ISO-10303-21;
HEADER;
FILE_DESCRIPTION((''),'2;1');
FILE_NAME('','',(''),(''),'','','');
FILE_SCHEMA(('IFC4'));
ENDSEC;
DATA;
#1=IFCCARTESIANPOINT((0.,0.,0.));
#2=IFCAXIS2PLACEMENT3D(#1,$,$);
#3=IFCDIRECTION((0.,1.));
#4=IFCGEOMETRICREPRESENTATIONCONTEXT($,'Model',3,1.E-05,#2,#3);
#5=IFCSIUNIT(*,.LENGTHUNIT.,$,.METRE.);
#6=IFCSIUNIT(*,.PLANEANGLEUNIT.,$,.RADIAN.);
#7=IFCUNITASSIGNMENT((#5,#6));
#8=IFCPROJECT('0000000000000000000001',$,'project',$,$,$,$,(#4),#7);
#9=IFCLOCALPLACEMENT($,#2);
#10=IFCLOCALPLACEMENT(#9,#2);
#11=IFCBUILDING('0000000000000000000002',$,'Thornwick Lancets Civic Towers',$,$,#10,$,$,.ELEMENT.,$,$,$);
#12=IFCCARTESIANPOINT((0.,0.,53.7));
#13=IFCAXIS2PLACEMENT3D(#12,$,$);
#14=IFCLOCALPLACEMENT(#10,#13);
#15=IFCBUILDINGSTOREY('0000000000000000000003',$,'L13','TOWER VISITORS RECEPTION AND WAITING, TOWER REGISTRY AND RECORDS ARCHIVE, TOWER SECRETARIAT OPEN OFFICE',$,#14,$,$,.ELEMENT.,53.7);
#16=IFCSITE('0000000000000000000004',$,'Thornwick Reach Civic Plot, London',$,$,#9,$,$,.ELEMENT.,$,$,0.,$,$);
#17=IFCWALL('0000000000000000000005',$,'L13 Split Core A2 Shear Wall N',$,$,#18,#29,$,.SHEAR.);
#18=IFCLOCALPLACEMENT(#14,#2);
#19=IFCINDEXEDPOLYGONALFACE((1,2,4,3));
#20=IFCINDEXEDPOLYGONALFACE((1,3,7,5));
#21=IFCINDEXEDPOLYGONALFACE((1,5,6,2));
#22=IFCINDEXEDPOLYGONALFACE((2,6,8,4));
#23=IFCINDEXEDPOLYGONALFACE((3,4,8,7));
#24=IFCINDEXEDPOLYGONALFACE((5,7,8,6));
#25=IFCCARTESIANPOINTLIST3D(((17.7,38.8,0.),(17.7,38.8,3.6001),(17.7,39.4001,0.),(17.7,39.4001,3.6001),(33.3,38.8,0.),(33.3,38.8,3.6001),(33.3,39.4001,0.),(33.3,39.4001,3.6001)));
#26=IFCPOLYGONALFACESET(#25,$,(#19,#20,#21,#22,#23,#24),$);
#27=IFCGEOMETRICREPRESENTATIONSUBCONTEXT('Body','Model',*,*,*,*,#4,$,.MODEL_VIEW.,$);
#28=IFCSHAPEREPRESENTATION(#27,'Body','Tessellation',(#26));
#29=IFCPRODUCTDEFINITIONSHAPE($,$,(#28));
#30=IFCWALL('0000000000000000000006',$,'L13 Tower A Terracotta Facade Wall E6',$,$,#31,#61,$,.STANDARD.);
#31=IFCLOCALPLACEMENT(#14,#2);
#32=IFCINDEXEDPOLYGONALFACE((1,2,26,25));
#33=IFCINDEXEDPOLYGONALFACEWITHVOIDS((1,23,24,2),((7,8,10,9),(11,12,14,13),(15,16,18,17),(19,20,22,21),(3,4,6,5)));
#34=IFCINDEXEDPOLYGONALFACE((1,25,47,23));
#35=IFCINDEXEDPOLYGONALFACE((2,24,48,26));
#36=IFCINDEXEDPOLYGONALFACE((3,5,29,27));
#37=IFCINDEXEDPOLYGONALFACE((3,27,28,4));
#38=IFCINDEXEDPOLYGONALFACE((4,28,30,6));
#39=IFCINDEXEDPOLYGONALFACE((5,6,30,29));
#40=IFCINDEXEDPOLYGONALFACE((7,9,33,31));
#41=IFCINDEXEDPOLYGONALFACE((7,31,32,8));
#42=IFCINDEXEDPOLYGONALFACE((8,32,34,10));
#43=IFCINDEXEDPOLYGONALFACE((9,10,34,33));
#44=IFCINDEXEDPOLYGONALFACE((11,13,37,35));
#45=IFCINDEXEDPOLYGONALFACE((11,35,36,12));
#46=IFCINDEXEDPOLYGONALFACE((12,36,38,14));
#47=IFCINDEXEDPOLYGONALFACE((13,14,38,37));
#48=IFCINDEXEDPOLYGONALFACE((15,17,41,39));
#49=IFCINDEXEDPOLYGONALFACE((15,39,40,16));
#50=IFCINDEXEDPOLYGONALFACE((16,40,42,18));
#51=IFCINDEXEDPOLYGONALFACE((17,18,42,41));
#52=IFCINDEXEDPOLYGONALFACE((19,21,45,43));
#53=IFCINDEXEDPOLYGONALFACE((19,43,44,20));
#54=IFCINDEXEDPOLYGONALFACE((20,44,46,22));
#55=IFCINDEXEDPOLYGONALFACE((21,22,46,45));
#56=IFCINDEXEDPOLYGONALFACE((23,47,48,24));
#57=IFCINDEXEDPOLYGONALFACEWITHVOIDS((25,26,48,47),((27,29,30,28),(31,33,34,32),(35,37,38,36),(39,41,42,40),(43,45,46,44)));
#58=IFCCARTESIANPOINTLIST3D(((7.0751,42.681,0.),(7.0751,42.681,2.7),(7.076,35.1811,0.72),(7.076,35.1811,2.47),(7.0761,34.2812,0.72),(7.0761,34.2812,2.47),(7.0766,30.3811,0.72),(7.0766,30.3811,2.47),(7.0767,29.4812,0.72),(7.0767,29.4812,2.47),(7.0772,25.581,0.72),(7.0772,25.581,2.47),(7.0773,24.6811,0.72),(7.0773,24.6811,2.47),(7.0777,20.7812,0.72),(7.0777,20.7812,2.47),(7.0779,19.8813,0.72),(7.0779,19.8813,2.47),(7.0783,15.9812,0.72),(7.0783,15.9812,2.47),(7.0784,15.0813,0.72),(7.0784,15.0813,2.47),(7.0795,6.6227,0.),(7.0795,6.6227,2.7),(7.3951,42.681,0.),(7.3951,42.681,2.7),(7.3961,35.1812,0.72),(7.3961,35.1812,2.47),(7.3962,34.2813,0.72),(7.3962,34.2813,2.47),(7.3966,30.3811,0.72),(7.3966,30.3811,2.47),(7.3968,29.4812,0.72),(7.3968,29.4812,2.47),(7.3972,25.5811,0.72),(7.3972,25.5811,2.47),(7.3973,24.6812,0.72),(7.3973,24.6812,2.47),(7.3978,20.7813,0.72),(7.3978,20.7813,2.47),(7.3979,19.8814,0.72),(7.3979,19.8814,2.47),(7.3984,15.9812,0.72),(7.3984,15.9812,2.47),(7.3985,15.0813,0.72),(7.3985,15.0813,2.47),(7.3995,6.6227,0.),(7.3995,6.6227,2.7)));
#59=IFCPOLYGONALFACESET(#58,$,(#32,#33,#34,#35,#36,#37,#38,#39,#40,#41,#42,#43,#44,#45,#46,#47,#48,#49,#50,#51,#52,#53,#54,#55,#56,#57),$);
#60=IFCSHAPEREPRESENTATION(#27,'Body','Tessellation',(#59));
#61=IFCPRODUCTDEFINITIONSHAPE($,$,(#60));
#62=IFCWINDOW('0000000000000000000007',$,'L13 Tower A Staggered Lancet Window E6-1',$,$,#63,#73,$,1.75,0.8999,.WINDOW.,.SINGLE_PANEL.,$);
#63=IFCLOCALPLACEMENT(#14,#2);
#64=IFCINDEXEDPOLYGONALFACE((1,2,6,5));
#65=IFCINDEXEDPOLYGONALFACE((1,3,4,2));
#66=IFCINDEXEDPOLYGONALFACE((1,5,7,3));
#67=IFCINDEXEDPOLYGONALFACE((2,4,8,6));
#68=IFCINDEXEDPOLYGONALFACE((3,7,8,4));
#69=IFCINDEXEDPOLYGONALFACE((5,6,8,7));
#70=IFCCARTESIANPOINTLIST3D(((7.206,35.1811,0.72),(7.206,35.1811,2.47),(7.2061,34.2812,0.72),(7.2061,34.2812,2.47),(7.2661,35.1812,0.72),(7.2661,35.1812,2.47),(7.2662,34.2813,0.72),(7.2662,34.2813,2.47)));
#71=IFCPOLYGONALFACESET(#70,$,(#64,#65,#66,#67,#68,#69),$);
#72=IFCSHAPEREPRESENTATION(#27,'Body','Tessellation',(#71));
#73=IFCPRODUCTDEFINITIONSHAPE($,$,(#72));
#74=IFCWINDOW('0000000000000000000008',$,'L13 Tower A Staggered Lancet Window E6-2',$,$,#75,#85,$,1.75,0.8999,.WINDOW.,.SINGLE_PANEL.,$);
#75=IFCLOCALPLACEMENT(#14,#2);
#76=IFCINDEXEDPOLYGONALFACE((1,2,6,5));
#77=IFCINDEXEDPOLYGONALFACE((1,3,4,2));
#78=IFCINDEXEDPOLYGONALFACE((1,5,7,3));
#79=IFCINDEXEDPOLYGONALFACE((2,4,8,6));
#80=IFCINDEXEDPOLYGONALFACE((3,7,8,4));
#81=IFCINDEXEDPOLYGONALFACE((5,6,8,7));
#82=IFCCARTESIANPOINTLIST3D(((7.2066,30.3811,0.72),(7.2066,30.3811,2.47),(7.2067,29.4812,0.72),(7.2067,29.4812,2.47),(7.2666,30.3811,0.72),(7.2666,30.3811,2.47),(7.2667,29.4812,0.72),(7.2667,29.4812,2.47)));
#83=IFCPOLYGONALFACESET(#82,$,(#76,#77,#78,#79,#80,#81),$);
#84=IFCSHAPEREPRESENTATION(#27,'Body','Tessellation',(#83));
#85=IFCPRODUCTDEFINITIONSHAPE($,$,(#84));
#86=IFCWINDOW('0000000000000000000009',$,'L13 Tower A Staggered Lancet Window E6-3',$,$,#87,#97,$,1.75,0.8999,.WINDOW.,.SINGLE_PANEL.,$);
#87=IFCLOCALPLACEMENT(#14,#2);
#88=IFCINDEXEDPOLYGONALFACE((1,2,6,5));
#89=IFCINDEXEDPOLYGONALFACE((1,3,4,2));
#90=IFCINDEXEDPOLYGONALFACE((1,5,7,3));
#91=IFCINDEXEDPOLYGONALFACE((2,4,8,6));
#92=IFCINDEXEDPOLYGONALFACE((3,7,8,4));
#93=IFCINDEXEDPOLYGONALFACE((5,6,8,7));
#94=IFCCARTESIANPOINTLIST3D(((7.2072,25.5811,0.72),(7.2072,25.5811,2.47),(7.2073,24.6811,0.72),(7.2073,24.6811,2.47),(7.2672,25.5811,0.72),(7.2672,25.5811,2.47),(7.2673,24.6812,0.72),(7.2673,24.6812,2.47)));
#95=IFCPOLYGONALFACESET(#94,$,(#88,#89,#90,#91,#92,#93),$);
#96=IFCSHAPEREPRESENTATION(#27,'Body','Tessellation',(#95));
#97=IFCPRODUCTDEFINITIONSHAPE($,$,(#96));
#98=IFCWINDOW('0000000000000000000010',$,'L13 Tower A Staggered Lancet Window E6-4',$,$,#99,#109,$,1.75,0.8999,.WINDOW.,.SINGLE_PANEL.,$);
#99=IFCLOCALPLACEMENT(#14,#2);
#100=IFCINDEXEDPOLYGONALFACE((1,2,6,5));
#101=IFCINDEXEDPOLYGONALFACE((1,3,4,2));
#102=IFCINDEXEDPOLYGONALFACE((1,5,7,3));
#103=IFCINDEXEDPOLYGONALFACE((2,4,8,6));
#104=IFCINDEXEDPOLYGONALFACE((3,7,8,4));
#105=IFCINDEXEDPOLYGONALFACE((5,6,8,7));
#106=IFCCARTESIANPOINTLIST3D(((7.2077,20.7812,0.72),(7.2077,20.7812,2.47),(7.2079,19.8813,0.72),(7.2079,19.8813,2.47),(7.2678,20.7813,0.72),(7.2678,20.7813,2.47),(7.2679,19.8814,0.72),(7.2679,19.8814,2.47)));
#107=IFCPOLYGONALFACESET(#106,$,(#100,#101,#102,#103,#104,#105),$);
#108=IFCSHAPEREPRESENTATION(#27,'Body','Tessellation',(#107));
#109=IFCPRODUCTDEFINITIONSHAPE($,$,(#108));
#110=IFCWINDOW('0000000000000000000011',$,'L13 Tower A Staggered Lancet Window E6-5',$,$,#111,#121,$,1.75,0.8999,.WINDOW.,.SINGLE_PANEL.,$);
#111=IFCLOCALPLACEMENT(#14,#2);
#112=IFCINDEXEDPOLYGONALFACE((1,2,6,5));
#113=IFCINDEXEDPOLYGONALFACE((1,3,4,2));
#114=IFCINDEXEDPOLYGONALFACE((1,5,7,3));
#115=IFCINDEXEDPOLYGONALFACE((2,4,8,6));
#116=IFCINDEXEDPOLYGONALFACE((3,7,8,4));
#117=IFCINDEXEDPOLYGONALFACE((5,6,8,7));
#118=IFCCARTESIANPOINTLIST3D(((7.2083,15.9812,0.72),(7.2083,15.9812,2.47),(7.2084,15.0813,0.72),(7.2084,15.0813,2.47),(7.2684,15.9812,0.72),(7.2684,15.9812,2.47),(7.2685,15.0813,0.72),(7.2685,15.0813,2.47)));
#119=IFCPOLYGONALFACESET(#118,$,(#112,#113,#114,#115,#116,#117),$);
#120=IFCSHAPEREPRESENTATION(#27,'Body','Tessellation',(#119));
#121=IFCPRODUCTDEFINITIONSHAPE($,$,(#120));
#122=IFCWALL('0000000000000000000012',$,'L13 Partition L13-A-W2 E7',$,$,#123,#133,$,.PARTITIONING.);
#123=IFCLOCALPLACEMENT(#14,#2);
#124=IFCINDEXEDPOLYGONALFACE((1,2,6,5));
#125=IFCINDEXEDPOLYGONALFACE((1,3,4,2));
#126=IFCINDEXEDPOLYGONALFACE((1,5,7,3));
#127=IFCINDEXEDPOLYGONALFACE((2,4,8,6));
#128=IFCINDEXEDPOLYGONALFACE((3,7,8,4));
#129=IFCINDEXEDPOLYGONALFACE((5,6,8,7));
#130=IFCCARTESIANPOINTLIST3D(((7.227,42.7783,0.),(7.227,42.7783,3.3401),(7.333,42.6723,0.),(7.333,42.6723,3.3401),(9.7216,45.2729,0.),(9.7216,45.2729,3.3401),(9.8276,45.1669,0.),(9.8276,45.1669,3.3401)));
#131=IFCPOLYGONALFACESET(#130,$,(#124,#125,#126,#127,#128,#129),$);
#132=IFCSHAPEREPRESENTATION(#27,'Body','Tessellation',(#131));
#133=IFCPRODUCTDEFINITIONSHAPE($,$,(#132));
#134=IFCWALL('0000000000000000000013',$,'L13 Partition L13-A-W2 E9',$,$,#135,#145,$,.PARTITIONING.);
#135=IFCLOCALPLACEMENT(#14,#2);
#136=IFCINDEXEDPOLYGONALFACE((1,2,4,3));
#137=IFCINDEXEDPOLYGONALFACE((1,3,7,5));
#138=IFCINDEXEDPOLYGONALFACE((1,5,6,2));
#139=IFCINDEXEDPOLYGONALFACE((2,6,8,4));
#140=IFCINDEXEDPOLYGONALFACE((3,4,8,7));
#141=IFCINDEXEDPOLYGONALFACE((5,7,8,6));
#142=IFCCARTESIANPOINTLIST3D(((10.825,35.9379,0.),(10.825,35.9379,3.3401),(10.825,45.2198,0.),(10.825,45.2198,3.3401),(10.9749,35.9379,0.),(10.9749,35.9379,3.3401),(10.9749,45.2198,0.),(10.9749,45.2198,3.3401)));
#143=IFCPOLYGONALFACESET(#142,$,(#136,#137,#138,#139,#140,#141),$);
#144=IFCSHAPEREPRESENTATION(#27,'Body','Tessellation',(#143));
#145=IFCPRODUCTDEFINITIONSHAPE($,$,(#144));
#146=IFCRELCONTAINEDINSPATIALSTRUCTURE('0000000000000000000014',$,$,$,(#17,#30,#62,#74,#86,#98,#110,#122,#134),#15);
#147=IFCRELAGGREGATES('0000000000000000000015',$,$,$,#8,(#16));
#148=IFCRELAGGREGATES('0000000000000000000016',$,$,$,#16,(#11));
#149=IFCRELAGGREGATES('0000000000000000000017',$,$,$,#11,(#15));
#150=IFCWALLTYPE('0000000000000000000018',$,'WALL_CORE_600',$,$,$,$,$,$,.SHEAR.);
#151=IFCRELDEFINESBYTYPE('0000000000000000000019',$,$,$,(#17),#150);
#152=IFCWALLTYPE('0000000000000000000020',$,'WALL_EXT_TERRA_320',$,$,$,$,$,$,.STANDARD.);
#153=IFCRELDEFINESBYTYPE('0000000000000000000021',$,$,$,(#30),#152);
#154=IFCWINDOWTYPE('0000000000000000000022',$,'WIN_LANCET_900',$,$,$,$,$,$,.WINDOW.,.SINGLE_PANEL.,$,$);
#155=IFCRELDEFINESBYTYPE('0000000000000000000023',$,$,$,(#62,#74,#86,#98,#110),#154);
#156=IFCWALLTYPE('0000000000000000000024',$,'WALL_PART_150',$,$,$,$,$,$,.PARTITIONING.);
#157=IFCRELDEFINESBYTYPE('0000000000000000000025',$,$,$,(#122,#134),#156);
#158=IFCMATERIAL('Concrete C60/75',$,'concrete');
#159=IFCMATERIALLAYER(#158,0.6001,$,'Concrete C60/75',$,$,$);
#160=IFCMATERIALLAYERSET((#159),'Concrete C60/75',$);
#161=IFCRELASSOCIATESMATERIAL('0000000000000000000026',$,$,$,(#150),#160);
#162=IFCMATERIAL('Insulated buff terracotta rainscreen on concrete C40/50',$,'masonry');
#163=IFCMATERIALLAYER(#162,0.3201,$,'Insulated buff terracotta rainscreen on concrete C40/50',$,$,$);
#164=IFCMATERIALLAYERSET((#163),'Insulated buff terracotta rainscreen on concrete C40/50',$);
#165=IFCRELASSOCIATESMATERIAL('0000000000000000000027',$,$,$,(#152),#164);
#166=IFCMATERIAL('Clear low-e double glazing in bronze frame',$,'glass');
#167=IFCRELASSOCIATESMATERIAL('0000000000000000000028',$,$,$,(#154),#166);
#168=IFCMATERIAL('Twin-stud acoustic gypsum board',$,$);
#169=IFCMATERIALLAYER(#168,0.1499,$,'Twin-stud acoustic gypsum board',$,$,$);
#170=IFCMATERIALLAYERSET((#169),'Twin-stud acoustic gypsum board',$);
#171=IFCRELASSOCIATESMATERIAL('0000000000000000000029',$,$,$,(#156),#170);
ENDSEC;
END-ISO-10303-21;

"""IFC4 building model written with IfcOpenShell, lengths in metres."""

from ifc_helpers import new_model, si_unit, direction, frame, frame_2d, origin, place, context, subcontext, project, spatial, rectangle, extrude, material, layer, layer_set, type_object, element, fill, save


model = new_model("IFC4")

# Units and contexts
model_context = context("Model", 3, precision=1e-05, world=origin(), true_north=direction((0.0, 1.0)))
body_context = subcontext(model_context, "Body", "Model", "MODEL_VIEW")
ifc_project = project(units=[si_unit("LENGTHUNIT", "METRE"), si_unit("PLANEANGLEUNIT", "RADIAN")], contexts=[model_context])

# Site, building, storey
site_placement = place(None, origin())
site = spatial("IfcSite", under=ifc_project, at=site_placement, Name="Thornwick Reach Civic Plot, London", CompositionType="ELEMENT", RefElevation=0.0)
building_placement = place(site_placement, origin())
building = spatial("IfcBuilding", under=site, at=building_placement, Name="Thornwick Lancets Civic Towers", CompositionType="ELEMENT")
storey_placement = place(building_placement, frame((0.0, 0.0, 53.7)))
storey = spatial("IfcBuildingStorey", under=building, at=storey_placement, Name="L13", Description="TOWER VISITORS RECEPTION AND WAITING, TOWER REGISTRY AND RECORDS ARCHIVE, TOWER SECRETARIAT OPEN OFFICE", CompositionType="ELEMENT", Elevation=53.7)

# Shared definitions
ifc_material_1 = material(Name="Concrete C60/75", Category="concrete")

# Wall
ifc_layer_1 = layer(ifc_material_1, 0.6001, Name="Concrete C60/75")
ifc_layer_set_1 = layer_set([ifc_layer_1], Name="Concrete C60/75")
wall_type_1 = type_object("IfcWallType", Name="WALL_CORE_600", PredefinedType="SHEAR", material=ifc_layer_set_1)
wall_1_placement = place(storey_placement, frame((17.7, 39.1001, 0.0), z_axis=(0.0, 0.0, 1.0), x_axis=(1.0, 0.0, 0.0)))
element("IfcWall", 1, at=wall_1_placement, inside=storey, type_object=wall_type_1, Name="L13 Split Core A2 Shear Wall N", PredefinedType="SHEAR", context=body_context, shape_type="SweptSolid", body=[
    extrude(rectangle(XDim=15.6001, YDim=0.6001, at=frame_2d((7.8, 0.0))), origin(), (0.0, 0.0, 1.0), 3.6001),
])

# Wall, openings, windows
ifc_material_2 = material(Name="Insulated buff terracotta rainscreen on concrete C40/50", Category="masonry")
ifc_layer_2 = layer(ifc_material_2, 0.3201, Name="Insulated buff terracotta rainscreen on concrete C40/50")
ifc_layer_set_2 = layer_set([ifc_layer_2], Name="Insulated buff terracotta rainscreen on concrete C40/50")
wall_type_2 = type_object("IfcWallType", Name="WALL_EXT_TERRA_320", PredefinedType="STANDARD", material=ifc_layer_set_2)
wall_2_placement = place(storey_placement, frame((7.2351, 42.6812, 0.0), z_axis=(0.0, 0.0, 1.0), x_axis=(0.000122, -1.0, 0.0)))
wall_2 = element("IfcWall", 2, at=wall_2_placement, inside=storey, type_object=wall_type_2, Name="L13 Tower A Terracotta Facade Wall E6", PredefinedType="STANDARD", context=body_context, shape_type="SweptSolid", body=[
    extrude(rectangle(XDim=36.0583, YDim=0.3201, at=frame_2d((18.0293, 0.0))), origin(), (0.0, 0.0, 1.0), 2.7),
])
opening_1_placement = place(wall_2_placement, frame((7.5, 0.0, 0.72)))
opening_1 = element("IfcOpeningElement", 3, at=opening_1_placement, cuts=wall_2, PredefinedType="OPENING", context=body_context, shape_type="SweptSolid", body=[
    extrude(rectangle(XDim=0.8999, YDim=1.75, at=frame_2d((0.45, 0.875))), frame((0.0, 0.1699, 0.0), z_axis=(0.0, -1.0, 0.0), x_axis=(1.0, 0.0, 0.0)), (0.0, 0.0, 1.0), 0.3401),
])
opening_2_placement = place(wall_2_placement, frame((12.3, 0.0, 0.72)))
opening_2 = element("IfcOpeningElement", 4, at=opening_2_placement, cuts=wall_2, PredefinedType="OPENING", context=body_context, shape_type="SweptSolid", body=[
    extrude(rectangle(XDim=0.8999, YDim=1.75, at=frame_2d((0.45, 0.875))), frame((0.0, 0.1699, 0.0), z_axis=(0.0, -1.0, 0.0), x_axis=(1.0, 0.0, 0.0)), (0.0, 0.0, 1.0), 0.3401),
])
opening_3_placement = place(wall_2_placement, frame((17.1001, 0.0, 0.72)))
opening_3 = element("IfcOpeningElement", 5, at=opening_3_placement, cuts=wall_2, PredefinedType="OPENING", context=body_context, shape_type="SweptSolid", body=[
    extrude(rectangle(XDim=0.8999, YDim=1.75, at=frame_2d((0.45, 0.875))), frame((0.0, 0.1699, 0.0), z_axis=(0.0, -1.0, 0.0), x_axis=(1.0, 0.0, 0.0)), (0.0, 0.0, 1.0), 0.3401),
])
opening_4_placement = place(wall_2_placement, frame((21.8999, 0.0, 0.72)))
opening_4 = element("IfcOpeningElement", 6, at=opening_4_placement, cuts=wall_2, PredefinedType="OPENING", context=body_context, shape_type="SweptSolid", body=[
    extrude(rectangle(XDim=0.8999, YDim=1.75, at=frame_2d((0.45, 0.875))), frame((0.0, 0.1699, 0.0), z_axis=(0.0, -1.0, 0.0), x_axis=(1.0, 0.0, 0.0)), (0.0, 0.0, 1.0), 0.3401),
])
opening_5_placement = place(wall_2_placement, frame((26.7, 0.0, 0.72)))
opening_5 = element("IfcOpeningElement", 7, at=opening_5_placement, cuts=wall_2, PredefinedType="OPENING", context=body_context, shape_type="SweptSolid", body=[
    extrude(rectangle(XDim=0.8999, YDim=1.75, at=frame_2d((0.45, 0.875))), frame((0.0, 0.1699, 0.0), z_axis=(0.0, -1.0, 0.0), x_axis=(1.0, 0.0, 0.0)), (0.0, 0.0, 1.0), 0.3401),
])
ifc_material_3 = material(Name="Clear low-e double glazing in bronze frame", Category="glass")
window_type = type_object("IfcWindowType", Name="WIN_LANCET_900", PartitioningType="SINGLE_PANEL", PredefinedType="WINDOW", material=ifc_material_3)
window_1_placement = place(opening_1_placement, origin())
window_1 = element("IfcWindow", 8, at=window_1_placement, inside=storey, type_object=window_type, Name="L13 Tower A Staggered Lancet Window E6-1", OverallHeight=1.75, OverallWidth=0.8999, PartitioningType="SINGLE_PANEL", PredefinedType="WINDOW", context=body_context, shape_type="SweptSolid", body=[
    extrude(rectangle(XDim=0.8999, YDim=1.75, at=frame_2d((0.45, 0.875))), frame((0.0, 0.03, 0.0), z_axis=(0.0, -1.0, 0.0), x_axis=(1.0, 0.0, 0.0)), (0.0, 0.0, 1.0), 0.0601),
])
fill(opening_1, window_1)
window_2_placement = place(opening_2_placement, origin())
window_2 = element("IfcWindow", 9, at=window_2_placement, inside=storey, type_object=window_type, Name="L13 Tower A Staggered Lancet Window E6-2", OverallHeight=1.75, OverallWidth=0.8999, PartitioningType="SINGLE_PANEL", PredefinedType="WINDOW", context=body_context, shape_type="SweptSolid", body=[
    extrude(rectangle(XDim=0.8999, YDim=1.75, at=frame_2d((0.45, 0.875))), frame((0.0, 0.03, 0.0), z_axis=(0.0, -1.0, 0.0), x_axis=(1.0, 0.0, 0.0)), (0.0, 0.0, 1.0), 0.0601),
])
fill(opening_2, window_2)
window_3_placement = place(opening_3_placement, origin())
window_3 = element("IfcWindow", 10, at=window_3_placement, inside=storey, type_object=window_type, Name="L13 Tower A Staggered Lancet Window E6-3", OverallHeight=1.75, OverallWidth=0.8999, PartitioningType="SINGLE_PANEL", PredefinedType="WINDOW", context=body_context, shape_type="SweptSolid", body=[
    extrude(rectangle(XDim=0.8999, YDim=1.75, at=frame_2d((0.45, 0.875))), frame((0.0, 0.03, 0.0), z_axis=(0.0, -1.0, 0.0), x_axis=(1.0, 0.0, 0.0)), (0.0, 0.0, 1.0), 0.0601),
])
fill(opening_3, window_3)
window_4_placement = place(opening_4_placement, origin())
window_4 = element("IfcWindow", 11, at=window_4_placement, inside=storey, type_object=window_type, Name="L13 Tower A Staggered Lancet Window E6-4", OverallHeight=1.75, OverallWidth=0.8999, PartitioningType="SINGLE_PANEL", PredefinedType="WINDOW", context=body_context, shape_type="SweptSolid", body=[
    extrude(rectangle(XDim=0.8999, YDim=1.75, at=frame_2d((0.45, 0.875))), frame((0.0, 0.03, 0.0), z_axis=(0.0, -1.0, 0.0), x_axis=(1.0, 0.0, 0.0)), (0.0, 0.0, 1.0), 0.0601),
])
fill(opening_4, window_4)
window_5_placement = place(opening_5_placement, origin())
window_5 = element("IfcWindow", 12, at=window_5_placement, inside=storey, type_object=window_type, Name="L13 Tower A Staggered Lancet Window E6-5", OverallHeight=1.75, OverallWidth=0.8999, PartitioningType="SINGLE_PANEL", PredefinedType="WINDOW", context=body_context, shape_type="SweptSolid", body=[
    extrude(rectangle(XDim=0.8999, YDim=1.75, at=frame_2d((0.45, 0.875))), frame((0.0, 0.03, 0.0), z_axis=(0.0, -1.0, 0.0), x_axis=(1.0, 0.0, 0.0)), (0.0, 0.0, 1.0), 0.0601),
])
fill(opening_5, window_5)

# Walls
ifc_material_4 = material(Name="Twin-stud acoustic gypsum board")
ifc_layer_3 = layer(ifc_material_4, 0.1499, Name="Twin-stud acoustic gypsum board")
ifc_layer_set_3 = layer_set([ifc_layer_3], Name="Twin-stud acoustic gypsum board")
wall_type_3 = type_object("IfcWallType", Name="WALL_PART_150", PredefinedType="PARTITIONING", material=ifc_layer_set_3)
wall_3_placement = place(storey_placement, frame((7.28, 42.7253, 0.0), z_axis=(0.0, 0.0, 1.0), x_axis=(0.707107, 0.707107, 0.0)))
element("IfcWall", 13, at=wall_3_placement, inside=storey, type_object=wall_type_3, Name="L13 Partition L13-A-W2 E7", PredefinedType="PARTITIONING", context=body_context, shape_type="SweptSolid", body=[
    extrude(rectangle(XDim=3.5278, YDim=0.1499, at=frame_2d((1.7639, 0.0))), origin(), (0.0, 0.0, 1.0), 3.3401),
])
wall_4_placement = place(storey_placement, frame((10.8999, 45.22, 0.0), z_axis=(0.0, 0.0, 1.0), x_axis=(0.0, -1.0, 0.0)))
element("IfcWall", 14, at=wall_4_placement, inside=storey, type_object=wall_type_3, Name="L13 Partition L13-A-W2 E9", PredefinedType="PARTITIONING", context=body_context, shape_type="SweptSolid", body=[
    extrude(rectangle(XDim=9.282, YDim=0.1499, at=frame_2d((4.6411, 0.0))), origin(), (0.0, 0.0, 1.0), 3.3401),
])

save(model, "model.ifc")
